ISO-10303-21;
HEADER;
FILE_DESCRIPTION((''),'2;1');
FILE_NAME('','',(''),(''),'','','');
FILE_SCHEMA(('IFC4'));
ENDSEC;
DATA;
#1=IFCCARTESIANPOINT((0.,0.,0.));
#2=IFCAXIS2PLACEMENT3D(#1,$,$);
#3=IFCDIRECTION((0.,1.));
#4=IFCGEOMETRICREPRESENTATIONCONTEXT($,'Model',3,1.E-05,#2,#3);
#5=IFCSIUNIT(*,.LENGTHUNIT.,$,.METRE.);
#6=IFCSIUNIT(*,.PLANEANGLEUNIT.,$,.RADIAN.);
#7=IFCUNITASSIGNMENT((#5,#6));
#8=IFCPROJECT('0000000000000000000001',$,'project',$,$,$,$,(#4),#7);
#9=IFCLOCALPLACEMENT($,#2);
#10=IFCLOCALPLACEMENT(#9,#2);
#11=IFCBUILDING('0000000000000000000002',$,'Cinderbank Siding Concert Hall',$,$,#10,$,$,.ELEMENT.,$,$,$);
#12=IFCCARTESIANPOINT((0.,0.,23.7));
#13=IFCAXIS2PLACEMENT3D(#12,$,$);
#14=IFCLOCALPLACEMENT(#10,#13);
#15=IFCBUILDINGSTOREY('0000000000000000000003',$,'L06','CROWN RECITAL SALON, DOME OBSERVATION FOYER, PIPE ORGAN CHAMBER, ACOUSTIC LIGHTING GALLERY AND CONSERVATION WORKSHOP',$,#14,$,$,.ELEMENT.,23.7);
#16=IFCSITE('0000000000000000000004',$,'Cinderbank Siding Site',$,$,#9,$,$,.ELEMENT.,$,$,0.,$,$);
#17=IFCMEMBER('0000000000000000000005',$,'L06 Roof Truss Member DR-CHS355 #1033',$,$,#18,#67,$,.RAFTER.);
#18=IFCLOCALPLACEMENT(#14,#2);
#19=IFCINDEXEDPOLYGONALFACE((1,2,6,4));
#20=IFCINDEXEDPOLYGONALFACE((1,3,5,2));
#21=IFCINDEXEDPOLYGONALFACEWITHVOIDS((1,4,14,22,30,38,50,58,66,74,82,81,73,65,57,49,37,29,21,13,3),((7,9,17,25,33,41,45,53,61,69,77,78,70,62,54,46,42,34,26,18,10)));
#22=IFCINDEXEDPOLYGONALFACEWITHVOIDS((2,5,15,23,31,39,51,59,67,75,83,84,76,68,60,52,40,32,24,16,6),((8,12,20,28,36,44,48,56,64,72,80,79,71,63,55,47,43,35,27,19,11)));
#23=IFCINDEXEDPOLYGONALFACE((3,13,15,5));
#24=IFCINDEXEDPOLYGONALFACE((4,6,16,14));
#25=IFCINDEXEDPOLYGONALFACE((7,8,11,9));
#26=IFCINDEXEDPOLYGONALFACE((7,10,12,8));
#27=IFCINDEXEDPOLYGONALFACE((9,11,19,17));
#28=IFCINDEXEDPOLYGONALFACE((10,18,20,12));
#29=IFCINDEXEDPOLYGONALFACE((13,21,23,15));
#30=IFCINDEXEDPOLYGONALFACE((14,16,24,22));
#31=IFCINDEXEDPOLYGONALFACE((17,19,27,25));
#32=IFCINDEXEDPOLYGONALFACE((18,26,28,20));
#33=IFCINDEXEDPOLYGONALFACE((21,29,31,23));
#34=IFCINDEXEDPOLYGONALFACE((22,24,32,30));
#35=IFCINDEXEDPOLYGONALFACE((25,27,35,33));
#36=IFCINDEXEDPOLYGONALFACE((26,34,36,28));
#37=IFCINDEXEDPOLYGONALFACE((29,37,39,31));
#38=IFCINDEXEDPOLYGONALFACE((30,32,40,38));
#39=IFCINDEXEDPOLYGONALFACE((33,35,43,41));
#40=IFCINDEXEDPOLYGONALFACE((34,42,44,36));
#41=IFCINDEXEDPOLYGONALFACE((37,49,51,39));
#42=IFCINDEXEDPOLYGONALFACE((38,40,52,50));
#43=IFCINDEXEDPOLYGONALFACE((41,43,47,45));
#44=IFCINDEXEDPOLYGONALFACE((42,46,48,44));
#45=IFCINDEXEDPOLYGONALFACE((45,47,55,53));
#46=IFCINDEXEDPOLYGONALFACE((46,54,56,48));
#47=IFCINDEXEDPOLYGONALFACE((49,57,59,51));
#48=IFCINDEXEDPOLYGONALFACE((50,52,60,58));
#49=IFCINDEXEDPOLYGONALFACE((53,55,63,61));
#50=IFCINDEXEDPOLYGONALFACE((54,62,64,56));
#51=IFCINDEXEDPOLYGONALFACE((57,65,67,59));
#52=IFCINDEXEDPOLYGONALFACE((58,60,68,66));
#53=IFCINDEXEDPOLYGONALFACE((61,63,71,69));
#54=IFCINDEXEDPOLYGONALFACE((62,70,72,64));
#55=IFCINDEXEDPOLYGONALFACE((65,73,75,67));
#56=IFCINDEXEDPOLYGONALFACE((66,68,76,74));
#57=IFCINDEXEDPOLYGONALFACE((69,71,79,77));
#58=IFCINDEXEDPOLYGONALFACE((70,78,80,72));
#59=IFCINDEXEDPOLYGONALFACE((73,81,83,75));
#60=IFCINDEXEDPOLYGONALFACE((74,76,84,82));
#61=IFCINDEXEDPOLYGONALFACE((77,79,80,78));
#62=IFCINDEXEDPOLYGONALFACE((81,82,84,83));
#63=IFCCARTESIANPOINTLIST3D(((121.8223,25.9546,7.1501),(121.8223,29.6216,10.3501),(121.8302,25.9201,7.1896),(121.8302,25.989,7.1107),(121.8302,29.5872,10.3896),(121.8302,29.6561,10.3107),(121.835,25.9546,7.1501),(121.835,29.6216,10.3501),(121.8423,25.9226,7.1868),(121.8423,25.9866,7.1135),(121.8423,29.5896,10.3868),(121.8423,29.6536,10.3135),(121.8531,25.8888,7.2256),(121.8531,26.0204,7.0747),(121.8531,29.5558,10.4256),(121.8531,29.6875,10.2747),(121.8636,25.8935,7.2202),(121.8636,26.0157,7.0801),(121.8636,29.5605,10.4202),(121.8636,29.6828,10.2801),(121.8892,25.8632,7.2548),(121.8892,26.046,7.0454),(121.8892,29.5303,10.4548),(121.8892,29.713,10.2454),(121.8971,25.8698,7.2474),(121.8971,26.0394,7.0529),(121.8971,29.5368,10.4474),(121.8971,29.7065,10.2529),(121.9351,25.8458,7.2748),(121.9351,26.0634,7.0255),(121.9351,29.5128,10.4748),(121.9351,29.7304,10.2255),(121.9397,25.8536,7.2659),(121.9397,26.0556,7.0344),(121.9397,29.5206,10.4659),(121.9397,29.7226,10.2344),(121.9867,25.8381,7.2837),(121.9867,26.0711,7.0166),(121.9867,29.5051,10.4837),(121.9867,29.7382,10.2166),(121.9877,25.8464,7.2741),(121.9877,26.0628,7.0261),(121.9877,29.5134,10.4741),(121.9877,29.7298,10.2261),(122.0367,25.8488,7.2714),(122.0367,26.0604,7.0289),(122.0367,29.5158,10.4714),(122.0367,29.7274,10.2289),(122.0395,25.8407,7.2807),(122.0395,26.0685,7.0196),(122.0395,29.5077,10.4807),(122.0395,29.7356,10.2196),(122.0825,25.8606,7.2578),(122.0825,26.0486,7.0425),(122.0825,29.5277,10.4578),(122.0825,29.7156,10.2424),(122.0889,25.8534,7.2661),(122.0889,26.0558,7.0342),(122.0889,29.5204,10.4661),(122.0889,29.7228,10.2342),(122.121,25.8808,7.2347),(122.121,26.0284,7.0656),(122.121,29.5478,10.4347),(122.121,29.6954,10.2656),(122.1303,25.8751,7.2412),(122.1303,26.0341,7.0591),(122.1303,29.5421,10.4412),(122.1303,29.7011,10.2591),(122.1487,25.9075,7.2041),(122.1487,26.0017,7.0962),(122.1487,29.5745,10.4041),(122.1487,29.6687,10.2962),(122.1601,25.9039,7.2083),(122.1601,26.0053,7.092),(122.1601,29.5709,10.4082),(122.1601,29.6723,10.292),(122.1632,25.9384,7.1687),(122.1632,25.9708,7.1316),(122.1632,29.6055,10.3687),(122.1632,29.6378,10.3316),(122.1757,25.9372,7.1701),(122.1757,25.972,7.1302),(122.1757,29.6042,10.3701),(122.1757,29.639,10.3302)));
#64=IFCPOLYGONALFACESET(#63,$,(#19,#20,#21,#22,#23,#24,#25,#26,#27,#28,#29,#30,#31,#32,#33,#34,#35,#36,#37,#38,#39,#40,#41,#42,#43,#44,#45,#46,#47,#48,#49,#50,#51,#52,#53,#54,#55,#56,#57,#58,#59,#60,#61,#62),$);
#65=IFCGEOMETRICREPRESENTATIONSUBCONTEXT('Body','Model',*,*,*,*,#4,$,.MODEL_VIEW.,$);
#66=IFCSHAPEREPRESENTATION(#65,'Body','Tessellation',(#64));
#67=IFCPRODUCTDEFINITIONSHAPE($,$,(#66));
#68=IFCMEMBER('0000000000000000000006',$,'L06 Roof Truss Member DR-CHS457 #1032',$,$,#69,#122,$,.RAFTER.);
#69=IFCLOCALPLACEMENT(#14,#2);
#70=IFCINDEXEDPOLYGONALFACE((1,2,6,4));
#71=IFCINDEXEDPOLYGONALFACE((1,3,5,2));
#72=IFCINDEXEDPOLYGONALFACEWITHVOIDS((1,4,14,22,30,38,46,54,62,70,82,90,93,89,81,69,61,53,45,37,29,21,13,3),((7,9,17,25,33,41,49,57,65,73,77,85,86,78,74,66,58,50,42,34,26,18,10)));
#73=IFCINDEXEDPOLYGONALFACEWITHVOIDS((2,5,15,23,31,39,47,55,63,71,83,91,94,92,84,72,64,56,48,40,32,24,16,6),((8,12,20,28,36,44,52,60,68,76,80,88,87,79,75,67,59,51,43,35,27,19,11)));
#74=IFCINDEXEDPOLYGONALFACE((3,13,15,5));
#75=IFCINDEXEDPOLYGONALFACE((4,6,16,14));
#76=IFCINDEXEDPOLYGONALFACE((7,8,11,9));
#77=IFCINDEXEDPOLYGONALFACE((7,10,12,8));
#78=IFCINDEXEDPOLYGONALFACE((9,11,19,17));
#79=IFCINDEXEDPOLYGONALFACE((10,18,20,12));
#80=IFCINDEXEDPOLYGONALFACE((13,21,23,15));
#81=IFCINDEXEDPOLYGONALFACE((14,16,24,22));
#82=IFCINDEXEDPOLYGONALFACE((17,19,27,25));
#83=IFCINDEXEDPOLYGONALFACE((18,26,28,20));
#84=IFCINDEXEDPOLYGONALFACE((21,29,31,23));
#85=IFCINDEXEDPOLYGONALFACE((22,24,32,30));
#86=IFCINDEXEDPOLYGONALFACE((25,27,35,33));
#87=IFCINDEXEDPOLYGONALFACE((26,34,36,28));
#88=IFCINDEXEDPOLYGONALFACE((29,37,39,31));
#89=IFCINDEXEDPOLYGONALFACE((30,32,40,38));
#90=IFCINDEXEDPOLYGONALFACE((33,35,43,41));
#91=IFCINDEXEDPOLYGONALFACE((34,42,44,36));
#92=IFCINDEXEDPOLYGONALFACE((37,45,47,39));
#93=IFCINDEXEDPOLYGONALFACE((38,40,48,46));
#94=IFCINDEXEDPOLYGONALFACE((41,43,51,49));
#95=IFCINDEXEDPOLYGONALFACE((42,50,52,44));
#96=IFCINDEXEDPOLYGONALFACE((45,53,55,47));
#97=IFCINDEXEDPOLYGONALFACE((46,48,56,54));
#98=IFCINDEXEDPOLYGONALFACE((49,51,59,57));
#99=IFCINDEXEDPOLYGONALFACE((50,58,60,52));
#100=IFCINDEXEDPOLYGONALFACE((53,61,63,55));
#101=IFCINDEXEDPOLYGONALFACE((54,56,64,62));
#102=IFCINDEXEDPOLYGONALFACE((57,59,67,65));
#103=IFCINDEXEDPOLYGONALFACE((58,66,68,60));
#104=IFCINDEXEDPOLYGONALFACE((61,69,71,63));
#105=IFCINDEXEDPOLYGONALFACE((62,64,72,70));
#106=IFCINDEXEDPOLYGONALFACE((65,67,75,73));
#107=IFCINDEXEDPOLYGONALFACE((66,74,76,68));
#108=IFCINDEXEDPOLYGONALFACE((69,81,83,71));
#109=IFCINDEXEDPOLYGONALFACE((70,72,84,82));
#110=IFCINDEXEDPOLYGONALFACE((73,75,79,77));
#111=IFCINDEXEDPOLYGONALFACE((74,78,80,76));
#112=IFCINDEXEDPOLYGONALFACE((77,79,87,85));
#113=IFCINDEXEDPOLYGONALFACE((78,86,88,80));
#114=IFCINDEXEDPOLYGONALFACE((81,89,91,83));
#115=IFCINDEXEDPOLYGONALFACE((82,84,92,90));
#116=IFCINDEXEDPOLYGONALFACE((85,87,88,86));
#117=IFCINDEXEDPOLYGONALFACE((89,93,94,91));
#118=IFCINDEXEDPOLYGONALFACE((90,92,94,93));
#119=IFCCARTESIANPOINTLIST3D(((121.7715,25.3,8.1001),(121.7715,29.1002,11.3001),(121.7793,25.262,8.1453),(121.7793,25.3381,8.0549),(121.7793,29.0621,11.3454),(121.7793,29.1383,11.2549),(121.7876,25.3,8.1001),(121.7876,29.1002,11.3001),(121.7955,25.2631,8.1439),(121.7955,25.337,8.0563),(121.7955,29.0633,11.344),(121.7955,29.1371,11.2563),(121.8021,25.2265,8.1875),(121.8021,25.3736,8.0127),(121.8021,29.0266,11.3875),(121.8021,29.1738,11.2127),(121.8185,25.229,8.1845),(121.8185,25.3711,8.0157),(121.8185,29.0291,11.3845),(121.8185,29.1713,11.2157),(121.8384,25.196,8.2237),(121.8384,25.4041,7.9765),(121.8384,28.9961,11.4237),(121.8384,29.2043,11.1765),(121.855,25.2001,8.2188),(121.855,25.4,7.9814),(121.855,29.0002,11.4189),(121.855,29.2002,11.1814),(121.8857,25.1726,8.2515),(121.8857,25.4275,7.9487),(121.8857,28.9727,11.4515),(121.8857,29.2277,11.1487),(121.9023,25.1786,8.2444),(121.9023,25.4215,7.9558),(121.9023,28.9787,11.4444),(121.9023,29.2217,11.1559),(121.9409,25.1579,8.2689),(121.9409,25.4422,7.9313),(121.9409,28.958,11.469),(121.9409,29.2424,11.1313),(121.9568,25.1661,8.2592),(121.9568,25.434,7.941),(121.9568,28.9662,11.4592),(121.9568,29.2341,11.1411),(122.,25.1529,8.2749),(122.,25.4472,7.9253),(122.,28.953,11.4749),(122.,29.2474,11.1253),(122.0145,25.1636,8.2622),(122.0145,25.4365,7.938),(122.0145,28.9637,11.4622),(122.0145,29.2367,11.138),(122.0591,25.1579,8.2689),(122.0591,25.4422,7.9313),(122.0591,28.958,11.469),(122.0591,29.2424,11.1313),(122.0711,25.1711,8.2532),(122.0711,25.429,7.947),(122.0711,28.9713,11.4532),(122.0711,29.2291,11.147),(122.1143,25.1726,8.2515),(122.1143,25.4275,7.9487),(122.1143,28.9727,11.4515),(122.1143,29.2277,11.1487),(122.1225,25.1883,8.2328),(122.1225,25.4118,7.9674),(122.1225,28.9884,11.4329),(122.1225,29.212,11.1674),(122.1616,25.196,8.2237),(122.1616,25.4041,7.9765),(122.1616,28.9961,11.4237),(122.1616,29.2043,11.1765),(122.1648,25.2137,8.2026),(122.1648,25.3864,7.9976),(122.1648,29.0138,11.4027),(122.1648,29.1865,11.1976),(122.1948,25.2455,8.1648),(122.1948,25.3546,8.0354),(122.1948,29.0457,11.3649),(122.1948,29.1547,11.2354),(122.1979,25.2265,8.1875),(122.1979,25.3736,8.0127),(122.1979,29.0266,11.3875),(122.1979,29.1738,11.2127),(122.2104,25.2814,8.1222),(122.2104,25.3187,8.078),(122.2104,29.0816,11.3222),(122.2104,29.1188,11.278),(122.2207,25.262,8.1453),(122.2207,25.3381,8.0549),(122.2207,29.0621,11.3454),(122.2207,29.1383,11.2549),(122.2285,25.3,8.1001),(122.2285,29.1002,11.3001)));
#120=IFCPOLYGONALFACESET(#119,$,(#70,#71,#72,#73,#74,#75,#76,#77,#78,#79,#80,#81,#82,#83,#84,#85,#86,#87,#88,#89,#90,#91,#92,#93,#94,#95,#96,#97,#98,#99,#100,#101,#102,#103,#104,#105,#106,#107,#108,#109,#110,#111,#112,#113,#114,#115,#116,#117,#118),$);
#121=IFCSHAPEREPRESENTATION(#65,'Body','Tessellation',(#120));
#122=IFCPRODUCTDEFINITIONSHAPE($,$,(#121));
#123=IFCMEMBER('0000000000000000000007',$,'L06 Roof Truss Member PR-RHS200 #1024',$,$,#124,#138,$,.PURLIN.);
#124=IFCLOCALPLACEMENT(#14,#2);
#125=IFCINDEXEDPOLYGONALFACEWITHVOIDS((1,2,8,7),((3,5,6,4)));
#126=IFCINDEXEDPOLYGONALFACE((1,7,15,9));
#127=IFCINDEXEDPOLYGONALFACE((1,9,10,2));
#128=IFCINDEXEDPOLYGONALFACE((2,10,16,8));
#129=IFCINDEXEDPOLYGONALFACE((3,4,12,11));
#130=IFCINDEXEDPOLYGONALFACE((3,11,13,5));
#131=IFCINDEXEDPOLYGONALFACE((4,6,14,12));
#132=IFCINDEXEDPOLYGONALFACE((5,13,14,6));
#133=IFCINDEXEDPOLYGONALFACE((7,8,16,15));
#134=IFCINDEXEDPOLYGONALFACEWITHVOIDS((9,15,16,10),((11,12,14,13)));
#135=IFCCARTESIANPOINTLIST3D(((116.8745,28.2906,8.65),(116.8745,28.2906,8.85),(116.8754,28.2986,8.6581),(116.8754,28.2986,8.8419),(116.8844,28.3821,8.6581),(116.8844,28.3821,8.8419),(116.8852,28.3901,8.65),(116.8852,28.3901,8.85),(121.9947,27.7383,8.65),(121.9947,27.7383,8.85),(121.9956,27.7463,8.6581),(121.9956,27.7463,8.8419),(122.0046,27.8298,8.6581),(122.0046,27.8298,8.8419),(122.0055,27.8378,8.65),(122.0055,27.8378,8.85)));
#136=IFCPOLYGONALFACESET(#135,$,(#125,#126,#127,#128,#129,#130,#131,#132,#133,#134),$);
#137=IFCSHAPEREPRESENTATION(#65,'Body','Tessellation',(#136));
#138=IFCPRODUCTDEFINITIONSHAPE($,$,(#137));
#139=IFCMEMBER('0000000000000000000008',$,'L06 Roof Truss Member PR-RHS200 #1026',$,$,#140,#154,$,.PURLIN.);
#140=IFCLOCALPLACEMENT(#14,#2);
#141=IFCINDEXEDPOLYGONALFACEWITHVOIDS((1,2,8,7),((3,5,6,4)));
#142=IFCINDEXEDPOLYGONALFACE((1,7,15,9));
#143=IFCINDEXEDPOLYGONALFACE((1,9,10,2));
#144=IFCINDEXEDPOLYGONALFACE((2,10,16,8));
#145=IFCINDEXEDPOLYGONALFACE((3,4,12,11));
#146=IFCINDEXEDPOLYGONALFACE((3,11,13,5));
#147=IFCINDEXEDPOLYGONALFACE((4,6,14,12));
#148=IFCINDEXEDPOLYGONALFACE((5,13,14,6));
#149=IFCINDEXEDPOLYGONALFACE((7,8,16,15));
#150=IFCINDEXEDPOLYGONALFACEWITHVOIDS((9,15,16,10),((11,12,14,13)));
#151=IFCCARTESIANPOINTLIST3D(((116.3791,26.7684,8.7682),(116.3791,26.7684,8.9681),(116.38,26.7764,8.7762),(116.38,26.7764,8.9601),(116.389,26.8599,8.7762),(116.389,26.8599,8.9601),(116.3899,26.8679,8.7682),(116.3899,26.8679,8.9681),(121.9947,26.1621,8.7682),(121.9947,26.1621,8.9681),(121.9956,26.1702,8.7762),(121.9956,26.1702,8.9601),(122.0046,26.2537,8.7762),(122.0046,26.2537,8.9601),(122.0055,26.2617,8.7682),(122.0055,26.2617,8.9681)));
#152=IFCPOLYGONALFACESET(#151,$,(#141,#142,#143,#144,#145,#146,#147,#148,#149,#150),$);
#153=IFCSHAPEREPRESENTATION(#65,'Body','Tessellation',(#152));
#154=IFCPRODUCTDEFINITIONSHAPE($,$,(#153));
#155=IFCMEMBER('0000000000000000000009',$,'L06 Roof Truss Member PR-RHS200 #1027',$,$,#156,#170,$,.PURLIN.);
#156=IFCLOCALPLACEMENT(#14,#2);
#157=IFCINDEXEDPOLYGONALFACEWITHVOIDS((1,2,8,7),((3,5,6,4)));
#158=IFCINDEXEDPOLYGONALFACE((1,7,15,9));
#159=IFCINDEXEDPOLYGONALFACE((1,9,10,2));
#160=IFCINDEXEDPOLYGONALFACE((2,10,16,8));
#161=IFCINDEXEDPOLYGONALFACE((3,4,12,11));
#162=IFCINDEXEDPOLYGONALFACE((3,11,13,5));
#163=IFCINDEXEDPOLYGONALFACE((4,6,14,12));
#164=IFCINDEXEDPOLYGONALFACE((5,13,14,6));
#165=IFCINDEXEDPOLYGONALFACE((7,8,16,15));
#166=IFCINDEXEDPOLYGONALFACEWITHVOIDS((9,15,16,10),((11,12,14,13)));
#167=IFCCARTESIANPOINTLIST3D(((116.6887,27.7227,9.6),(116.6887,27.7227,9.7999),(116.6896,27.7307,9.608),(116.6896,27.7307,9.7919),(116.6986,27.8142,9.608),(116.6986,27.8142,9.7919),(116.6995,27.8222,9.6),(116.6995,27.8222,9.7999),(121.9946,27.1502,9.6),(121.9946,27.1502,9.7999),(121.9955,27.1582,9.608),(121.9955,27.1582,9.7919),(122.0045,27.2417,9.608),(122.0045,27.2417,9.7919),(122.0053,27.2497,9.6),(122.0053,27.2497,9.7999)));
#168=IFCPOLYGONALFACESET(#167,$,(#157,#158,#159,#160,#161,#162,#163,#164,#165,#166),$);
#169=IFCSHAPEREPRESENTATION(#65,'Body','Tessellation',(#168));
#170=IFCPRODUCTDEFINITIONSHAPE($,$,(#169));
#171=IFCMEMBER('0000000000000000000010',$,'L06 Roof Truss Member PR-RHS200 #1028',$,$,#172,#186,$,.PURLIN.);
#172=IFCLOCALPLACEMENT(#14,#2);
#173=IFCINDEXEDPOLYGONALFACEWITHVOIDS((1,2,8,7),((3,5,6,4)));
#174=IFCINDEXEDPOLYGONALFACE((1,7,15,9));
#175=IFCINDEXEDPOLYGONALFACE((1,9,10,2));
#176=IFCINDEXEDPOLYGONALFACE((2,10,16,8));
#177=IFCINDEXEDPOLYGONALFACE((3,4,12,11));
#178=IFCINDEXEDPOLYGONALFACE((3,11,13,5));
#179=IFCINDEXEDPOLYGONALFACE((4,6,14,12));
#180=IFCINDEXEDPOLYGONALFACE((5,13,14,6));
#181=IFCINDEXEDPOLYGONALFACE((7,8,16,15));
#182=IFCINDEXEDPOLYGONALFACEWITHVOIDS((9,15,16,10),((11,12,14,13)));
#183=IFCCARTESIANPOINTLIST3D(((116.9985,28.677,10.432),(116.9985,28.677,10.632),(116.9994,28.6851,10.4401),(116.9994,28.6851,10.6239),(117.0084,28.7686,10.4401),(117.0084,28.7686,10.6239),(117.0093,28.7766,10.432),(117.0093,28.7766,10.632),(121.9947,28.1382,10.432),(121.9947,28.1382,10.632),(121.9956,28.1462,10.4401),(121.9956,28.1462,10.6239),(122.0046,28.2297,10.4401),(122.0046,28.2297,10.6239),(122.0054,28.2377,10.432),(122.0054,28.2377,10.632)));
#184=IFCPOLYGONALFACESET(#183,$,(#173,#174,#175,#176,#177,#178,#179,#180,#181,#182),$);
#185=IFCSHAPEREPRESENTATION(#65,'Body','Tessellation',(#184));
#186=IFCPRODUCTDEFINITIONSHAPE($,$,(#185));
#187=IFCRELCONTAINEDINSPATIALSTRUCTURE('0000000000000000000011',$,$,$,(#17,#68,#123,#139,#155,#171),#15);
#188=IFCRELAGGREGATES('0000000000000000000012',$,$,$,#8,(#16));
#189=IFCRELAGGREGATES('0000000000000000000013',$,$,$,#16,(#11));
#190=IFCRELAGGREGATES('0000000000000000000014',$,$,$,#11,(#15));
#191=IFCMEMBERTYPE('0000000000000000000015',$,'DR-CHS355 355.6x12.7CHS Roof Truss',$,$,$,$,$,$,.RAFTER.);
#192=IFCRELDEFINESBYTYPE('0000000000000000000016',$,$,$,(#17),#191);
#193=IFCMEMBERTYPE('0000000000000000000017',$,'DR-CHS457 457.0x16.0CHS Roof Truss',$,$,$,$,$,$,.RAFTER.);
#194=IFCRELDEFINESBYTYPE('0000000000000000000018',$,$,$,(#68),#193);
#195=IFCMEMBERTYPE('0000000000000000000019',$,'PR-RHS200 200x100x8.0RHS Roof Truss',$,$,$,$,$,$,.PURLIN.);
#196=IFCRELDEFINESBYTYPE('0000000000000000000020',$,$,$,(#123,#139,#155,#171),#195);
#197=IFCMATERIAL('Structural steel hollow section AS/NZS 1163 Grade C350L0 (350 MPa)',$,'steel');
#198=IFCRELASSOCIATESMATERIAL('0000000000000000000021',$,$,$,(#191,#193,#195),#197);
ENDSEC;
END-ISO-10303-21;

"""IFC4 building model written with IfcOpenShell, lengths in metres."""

from ifc_helpers import new_model, si_unit, direction, frame, origin, origin_2d, place, context, subcontext, project, spatial, hollow_rectangle, hollow_circle, extrude, material, material_profile, profile_set, type_object, element, save


model = new_model("IFC4")

# Units and contexts
model_context = context("Model", 3, precision=1e-05, world=origin(), true_north=direction((0.0, 1.0)))
body_context = subcontext(model_context, "Body", "Model", "MODEL_VIEW")
ifc_project = project(units=[si_unit("LENGTHUNIT", "METRE"), si_unit("PLANEANGLEUNIT", "RADIAN")], contexts=[model_context])

# Site, building, storey
site_placement = place(None, origin())
site = spatial("IfcSite", under=ifc_project, at=site_placement, Name="Cinderbank Siding Site", CompositionType="ELEMENT", RefElevation=0.0)
building_placement = place(site_placement, origin())
building = spatial("IfcBuilding", under=site, at=building_placement, Name="Cinderbank Siding Concert Hall", CompositionType="ELEMENT")
storey_placement = place(building_placement, frame((0.0, 0.0, 23.7)))
storey = spatial("IfcBuildingStorey", under=building, at=storey_placement, Name="L06", Description="CROWN RECITAL SALON, DOME OBSERVATION FOYER, PIPE ORGAN CHAMBER, ACOUSTIC LIGHTING GALLERY AND CONSERVATION WORKSHOP", CompositionType="ELEMENT", Elevation=23.7)

# Members
ifc_material_1 = material(Name="Structural steel hollow section AS/NZS 1163 Grade C350L0 (350 MPa)", Category="steel")
ifc_material_profile_1 = material_profile(ifc_material_1, hollow_circle(Radius=0.1777, WallThickness=0.0127, at=origin_2d()), Name="355.6x12.7CHS", Category="LoadBearing")
ifc_profile_set_1 = profile_set([ifc_material_profile_1], Name="Structural steel hollow section AS/NZS 1163 Grade C350L0 (350 MPa)")
member_type_1 = type_object("IfcMemberType", Name="DR-CHS355 355.6x12.7CHS Roof Truss", PredefinedType="RAFTER", material=ifc_profile_set_1)
member_1_placement = place(storey_placement, frame((122.0, 25.9546, 7.1501), z_axis=(0.0, 0.753459, 0.657495), x_axis=(-1.0, 0.0, 0.0)))
element("IfcMember", 1, at=member_1_placement, inside=storey, type_object=member_type_1, Name="L06 Roof Truss Member DR-CHS355 #1033", PredefinedType="RAFTER", context=body_context, shape_type="SweptSolid", body=[
    extrude(hollow_circle(Radius=0.1777, WallThickness=0.0127, at=origin_2d()), origin(), (0.0, 0.0, 1.0), 4.8669),
])
ifc_material_profile_2 = material_profile(ifc_material_1, hollow_circle(Radius=0.2285, WallThickness=0.0161, at=origin_2d()), Name="457.0x16.0CHS", Category="LoadBearing")
ifc_profile_set_2 = profile_set([ifc_material_profile_2], Name="Structural steel hollow section AS/NZS 1163 Grade C350L0 (350 MPa)")
member_type_2 = type_object("IfcMemberType", Name="DR-CHS457 457.0x16.0CHS Roof Truss", PredefinedType="RAFTER", material=ifc_profile_set_2)
member_2_placement = place(storey_placement, frame((122.0, 25.3, 8.1001), z_axis=(0.0, 0.76492, 0.644125), x_axis=(-1.0, 0.0, 0.0)))
element("IfcMember", 2, at=member_2_placement, inside=storey, type_object=member_type_2, Name="L06 Roof Truss Member DR-CHS457 #1032", PredefinedType="RAFTER", context=body_context, shape_type="SweptSolid", body=[
    extrude(hollow_circle(Radius=0.2285, WallThickness=0.0161, at=origin_2d()), origin(), (0.0, 0.0, 1.0), 4.968),
])
ifc_material_profile_3 = material_profile(ifc_material_1, hollow_rectangle(XDim=0.1001, YDim=0.2, WallThickness=0.0081, at=origin_2d()), Name="200x100x8.0RHS", Category="LoadBearing")
ifc_profile_set_3 = profile_set([ifc_material_profile_3], Name="Structural steel hollow section AS/NZS 1163 Grade C350L0 (350 MPa)")
member_type_3 = type_object("IfcMemberType", Name="PR-RHS200 200x100x8.0RHS Roof Truss", PredefinedType="PURLIN", material=ifc_profile_set_3)
member_3_placement = place(storey_placement, frame((116.8799, 28.3403, 8.75), z_axis=(0.994234, -0.107236, 0.0), x_axis=(0.107236, 0.994234, 0.0)))
element("IfcMember", 3, at=member_3_placement, inside=storey, type_object=member_type_3, Name="L06 Roof Truss Member PR-RHS200 #1024", PredefinedType="PURLIN", context=body_context, shape_type="SweptSolid", body=[
    extrude(hollow_rectangle(XDim=0.1001, YDim=0.2, WallThickness=0.0081, at=origin_2d()), origin(), (0.0, 0.0, 1.0), 5.1499),
])
member_4_placement = place(storey_placement, frame((116.3845, 26.8181, 8.8682), z_axis=(0.994224, -0.107328, 0.0), x_axis=(0.107328, 0.994224, 0.0)))
element("IfcMember", 4, at=member_4_placement, inside=storey, type_object=member_type_3, Name="L06 Roof Truss Member PR-RHS200 #1026", PredefinedType="PURLIN", context=body_context, shape_type="SweptSolid", body=[
    extrude(hollow_rectangle(XDim=0.1001, YDim=0.2, WallThickness=0.0081, at=origin_2d()), origin(), (0.0, 0.0, 1.0), 5.6482),
])
member_5_placement = place(storey_placement, frame((116.6941, 27.7725, 9.7), z_axis=(0.994229, -0.107278, 0.0), x_axis=(0.107278, 0.994229, 0.0)))
element("IfcMember", 5, at=member_5_placement, inside=storey, type_object=member_type_3, Name="L06 Roof Truss Member PR-RHS200 #1027", PredefinedType="PURLIN", context=body_context, shape_type="SweptSolid", body=[
    extrude(hollow_rectangle(XDim=0.1001, YDim=0.2, WallThickness=0.0081, at=origin_2d()), origin(), (0.0, 0.0, 1.0), 5.3367),
])
member_6_placement = place(storey_placement, frame((117.0039, 28.7268, 10.532), z_axis=(0.994235, -0.107226, 0.0), x_axis=(0.107226, 0.994235, 0.0)))
element("IfcMember", 6, at=member_6_placement, inside=storey, type_object=member_type_3, Name="L06 Roof Truss Member PR-RHS200 #1028", PredefinedType="PURLIN", context=body_context, shape_type="SweptSolid", body=[
    extrude(hollow_rectangle(XDim=0.1001, YDim=0.2, WallThickness=0.0081, at=origin_2d()), origin(), (0.0, 0.0, 1.0), 5.0251),
])

save(model, "model.ifc")
